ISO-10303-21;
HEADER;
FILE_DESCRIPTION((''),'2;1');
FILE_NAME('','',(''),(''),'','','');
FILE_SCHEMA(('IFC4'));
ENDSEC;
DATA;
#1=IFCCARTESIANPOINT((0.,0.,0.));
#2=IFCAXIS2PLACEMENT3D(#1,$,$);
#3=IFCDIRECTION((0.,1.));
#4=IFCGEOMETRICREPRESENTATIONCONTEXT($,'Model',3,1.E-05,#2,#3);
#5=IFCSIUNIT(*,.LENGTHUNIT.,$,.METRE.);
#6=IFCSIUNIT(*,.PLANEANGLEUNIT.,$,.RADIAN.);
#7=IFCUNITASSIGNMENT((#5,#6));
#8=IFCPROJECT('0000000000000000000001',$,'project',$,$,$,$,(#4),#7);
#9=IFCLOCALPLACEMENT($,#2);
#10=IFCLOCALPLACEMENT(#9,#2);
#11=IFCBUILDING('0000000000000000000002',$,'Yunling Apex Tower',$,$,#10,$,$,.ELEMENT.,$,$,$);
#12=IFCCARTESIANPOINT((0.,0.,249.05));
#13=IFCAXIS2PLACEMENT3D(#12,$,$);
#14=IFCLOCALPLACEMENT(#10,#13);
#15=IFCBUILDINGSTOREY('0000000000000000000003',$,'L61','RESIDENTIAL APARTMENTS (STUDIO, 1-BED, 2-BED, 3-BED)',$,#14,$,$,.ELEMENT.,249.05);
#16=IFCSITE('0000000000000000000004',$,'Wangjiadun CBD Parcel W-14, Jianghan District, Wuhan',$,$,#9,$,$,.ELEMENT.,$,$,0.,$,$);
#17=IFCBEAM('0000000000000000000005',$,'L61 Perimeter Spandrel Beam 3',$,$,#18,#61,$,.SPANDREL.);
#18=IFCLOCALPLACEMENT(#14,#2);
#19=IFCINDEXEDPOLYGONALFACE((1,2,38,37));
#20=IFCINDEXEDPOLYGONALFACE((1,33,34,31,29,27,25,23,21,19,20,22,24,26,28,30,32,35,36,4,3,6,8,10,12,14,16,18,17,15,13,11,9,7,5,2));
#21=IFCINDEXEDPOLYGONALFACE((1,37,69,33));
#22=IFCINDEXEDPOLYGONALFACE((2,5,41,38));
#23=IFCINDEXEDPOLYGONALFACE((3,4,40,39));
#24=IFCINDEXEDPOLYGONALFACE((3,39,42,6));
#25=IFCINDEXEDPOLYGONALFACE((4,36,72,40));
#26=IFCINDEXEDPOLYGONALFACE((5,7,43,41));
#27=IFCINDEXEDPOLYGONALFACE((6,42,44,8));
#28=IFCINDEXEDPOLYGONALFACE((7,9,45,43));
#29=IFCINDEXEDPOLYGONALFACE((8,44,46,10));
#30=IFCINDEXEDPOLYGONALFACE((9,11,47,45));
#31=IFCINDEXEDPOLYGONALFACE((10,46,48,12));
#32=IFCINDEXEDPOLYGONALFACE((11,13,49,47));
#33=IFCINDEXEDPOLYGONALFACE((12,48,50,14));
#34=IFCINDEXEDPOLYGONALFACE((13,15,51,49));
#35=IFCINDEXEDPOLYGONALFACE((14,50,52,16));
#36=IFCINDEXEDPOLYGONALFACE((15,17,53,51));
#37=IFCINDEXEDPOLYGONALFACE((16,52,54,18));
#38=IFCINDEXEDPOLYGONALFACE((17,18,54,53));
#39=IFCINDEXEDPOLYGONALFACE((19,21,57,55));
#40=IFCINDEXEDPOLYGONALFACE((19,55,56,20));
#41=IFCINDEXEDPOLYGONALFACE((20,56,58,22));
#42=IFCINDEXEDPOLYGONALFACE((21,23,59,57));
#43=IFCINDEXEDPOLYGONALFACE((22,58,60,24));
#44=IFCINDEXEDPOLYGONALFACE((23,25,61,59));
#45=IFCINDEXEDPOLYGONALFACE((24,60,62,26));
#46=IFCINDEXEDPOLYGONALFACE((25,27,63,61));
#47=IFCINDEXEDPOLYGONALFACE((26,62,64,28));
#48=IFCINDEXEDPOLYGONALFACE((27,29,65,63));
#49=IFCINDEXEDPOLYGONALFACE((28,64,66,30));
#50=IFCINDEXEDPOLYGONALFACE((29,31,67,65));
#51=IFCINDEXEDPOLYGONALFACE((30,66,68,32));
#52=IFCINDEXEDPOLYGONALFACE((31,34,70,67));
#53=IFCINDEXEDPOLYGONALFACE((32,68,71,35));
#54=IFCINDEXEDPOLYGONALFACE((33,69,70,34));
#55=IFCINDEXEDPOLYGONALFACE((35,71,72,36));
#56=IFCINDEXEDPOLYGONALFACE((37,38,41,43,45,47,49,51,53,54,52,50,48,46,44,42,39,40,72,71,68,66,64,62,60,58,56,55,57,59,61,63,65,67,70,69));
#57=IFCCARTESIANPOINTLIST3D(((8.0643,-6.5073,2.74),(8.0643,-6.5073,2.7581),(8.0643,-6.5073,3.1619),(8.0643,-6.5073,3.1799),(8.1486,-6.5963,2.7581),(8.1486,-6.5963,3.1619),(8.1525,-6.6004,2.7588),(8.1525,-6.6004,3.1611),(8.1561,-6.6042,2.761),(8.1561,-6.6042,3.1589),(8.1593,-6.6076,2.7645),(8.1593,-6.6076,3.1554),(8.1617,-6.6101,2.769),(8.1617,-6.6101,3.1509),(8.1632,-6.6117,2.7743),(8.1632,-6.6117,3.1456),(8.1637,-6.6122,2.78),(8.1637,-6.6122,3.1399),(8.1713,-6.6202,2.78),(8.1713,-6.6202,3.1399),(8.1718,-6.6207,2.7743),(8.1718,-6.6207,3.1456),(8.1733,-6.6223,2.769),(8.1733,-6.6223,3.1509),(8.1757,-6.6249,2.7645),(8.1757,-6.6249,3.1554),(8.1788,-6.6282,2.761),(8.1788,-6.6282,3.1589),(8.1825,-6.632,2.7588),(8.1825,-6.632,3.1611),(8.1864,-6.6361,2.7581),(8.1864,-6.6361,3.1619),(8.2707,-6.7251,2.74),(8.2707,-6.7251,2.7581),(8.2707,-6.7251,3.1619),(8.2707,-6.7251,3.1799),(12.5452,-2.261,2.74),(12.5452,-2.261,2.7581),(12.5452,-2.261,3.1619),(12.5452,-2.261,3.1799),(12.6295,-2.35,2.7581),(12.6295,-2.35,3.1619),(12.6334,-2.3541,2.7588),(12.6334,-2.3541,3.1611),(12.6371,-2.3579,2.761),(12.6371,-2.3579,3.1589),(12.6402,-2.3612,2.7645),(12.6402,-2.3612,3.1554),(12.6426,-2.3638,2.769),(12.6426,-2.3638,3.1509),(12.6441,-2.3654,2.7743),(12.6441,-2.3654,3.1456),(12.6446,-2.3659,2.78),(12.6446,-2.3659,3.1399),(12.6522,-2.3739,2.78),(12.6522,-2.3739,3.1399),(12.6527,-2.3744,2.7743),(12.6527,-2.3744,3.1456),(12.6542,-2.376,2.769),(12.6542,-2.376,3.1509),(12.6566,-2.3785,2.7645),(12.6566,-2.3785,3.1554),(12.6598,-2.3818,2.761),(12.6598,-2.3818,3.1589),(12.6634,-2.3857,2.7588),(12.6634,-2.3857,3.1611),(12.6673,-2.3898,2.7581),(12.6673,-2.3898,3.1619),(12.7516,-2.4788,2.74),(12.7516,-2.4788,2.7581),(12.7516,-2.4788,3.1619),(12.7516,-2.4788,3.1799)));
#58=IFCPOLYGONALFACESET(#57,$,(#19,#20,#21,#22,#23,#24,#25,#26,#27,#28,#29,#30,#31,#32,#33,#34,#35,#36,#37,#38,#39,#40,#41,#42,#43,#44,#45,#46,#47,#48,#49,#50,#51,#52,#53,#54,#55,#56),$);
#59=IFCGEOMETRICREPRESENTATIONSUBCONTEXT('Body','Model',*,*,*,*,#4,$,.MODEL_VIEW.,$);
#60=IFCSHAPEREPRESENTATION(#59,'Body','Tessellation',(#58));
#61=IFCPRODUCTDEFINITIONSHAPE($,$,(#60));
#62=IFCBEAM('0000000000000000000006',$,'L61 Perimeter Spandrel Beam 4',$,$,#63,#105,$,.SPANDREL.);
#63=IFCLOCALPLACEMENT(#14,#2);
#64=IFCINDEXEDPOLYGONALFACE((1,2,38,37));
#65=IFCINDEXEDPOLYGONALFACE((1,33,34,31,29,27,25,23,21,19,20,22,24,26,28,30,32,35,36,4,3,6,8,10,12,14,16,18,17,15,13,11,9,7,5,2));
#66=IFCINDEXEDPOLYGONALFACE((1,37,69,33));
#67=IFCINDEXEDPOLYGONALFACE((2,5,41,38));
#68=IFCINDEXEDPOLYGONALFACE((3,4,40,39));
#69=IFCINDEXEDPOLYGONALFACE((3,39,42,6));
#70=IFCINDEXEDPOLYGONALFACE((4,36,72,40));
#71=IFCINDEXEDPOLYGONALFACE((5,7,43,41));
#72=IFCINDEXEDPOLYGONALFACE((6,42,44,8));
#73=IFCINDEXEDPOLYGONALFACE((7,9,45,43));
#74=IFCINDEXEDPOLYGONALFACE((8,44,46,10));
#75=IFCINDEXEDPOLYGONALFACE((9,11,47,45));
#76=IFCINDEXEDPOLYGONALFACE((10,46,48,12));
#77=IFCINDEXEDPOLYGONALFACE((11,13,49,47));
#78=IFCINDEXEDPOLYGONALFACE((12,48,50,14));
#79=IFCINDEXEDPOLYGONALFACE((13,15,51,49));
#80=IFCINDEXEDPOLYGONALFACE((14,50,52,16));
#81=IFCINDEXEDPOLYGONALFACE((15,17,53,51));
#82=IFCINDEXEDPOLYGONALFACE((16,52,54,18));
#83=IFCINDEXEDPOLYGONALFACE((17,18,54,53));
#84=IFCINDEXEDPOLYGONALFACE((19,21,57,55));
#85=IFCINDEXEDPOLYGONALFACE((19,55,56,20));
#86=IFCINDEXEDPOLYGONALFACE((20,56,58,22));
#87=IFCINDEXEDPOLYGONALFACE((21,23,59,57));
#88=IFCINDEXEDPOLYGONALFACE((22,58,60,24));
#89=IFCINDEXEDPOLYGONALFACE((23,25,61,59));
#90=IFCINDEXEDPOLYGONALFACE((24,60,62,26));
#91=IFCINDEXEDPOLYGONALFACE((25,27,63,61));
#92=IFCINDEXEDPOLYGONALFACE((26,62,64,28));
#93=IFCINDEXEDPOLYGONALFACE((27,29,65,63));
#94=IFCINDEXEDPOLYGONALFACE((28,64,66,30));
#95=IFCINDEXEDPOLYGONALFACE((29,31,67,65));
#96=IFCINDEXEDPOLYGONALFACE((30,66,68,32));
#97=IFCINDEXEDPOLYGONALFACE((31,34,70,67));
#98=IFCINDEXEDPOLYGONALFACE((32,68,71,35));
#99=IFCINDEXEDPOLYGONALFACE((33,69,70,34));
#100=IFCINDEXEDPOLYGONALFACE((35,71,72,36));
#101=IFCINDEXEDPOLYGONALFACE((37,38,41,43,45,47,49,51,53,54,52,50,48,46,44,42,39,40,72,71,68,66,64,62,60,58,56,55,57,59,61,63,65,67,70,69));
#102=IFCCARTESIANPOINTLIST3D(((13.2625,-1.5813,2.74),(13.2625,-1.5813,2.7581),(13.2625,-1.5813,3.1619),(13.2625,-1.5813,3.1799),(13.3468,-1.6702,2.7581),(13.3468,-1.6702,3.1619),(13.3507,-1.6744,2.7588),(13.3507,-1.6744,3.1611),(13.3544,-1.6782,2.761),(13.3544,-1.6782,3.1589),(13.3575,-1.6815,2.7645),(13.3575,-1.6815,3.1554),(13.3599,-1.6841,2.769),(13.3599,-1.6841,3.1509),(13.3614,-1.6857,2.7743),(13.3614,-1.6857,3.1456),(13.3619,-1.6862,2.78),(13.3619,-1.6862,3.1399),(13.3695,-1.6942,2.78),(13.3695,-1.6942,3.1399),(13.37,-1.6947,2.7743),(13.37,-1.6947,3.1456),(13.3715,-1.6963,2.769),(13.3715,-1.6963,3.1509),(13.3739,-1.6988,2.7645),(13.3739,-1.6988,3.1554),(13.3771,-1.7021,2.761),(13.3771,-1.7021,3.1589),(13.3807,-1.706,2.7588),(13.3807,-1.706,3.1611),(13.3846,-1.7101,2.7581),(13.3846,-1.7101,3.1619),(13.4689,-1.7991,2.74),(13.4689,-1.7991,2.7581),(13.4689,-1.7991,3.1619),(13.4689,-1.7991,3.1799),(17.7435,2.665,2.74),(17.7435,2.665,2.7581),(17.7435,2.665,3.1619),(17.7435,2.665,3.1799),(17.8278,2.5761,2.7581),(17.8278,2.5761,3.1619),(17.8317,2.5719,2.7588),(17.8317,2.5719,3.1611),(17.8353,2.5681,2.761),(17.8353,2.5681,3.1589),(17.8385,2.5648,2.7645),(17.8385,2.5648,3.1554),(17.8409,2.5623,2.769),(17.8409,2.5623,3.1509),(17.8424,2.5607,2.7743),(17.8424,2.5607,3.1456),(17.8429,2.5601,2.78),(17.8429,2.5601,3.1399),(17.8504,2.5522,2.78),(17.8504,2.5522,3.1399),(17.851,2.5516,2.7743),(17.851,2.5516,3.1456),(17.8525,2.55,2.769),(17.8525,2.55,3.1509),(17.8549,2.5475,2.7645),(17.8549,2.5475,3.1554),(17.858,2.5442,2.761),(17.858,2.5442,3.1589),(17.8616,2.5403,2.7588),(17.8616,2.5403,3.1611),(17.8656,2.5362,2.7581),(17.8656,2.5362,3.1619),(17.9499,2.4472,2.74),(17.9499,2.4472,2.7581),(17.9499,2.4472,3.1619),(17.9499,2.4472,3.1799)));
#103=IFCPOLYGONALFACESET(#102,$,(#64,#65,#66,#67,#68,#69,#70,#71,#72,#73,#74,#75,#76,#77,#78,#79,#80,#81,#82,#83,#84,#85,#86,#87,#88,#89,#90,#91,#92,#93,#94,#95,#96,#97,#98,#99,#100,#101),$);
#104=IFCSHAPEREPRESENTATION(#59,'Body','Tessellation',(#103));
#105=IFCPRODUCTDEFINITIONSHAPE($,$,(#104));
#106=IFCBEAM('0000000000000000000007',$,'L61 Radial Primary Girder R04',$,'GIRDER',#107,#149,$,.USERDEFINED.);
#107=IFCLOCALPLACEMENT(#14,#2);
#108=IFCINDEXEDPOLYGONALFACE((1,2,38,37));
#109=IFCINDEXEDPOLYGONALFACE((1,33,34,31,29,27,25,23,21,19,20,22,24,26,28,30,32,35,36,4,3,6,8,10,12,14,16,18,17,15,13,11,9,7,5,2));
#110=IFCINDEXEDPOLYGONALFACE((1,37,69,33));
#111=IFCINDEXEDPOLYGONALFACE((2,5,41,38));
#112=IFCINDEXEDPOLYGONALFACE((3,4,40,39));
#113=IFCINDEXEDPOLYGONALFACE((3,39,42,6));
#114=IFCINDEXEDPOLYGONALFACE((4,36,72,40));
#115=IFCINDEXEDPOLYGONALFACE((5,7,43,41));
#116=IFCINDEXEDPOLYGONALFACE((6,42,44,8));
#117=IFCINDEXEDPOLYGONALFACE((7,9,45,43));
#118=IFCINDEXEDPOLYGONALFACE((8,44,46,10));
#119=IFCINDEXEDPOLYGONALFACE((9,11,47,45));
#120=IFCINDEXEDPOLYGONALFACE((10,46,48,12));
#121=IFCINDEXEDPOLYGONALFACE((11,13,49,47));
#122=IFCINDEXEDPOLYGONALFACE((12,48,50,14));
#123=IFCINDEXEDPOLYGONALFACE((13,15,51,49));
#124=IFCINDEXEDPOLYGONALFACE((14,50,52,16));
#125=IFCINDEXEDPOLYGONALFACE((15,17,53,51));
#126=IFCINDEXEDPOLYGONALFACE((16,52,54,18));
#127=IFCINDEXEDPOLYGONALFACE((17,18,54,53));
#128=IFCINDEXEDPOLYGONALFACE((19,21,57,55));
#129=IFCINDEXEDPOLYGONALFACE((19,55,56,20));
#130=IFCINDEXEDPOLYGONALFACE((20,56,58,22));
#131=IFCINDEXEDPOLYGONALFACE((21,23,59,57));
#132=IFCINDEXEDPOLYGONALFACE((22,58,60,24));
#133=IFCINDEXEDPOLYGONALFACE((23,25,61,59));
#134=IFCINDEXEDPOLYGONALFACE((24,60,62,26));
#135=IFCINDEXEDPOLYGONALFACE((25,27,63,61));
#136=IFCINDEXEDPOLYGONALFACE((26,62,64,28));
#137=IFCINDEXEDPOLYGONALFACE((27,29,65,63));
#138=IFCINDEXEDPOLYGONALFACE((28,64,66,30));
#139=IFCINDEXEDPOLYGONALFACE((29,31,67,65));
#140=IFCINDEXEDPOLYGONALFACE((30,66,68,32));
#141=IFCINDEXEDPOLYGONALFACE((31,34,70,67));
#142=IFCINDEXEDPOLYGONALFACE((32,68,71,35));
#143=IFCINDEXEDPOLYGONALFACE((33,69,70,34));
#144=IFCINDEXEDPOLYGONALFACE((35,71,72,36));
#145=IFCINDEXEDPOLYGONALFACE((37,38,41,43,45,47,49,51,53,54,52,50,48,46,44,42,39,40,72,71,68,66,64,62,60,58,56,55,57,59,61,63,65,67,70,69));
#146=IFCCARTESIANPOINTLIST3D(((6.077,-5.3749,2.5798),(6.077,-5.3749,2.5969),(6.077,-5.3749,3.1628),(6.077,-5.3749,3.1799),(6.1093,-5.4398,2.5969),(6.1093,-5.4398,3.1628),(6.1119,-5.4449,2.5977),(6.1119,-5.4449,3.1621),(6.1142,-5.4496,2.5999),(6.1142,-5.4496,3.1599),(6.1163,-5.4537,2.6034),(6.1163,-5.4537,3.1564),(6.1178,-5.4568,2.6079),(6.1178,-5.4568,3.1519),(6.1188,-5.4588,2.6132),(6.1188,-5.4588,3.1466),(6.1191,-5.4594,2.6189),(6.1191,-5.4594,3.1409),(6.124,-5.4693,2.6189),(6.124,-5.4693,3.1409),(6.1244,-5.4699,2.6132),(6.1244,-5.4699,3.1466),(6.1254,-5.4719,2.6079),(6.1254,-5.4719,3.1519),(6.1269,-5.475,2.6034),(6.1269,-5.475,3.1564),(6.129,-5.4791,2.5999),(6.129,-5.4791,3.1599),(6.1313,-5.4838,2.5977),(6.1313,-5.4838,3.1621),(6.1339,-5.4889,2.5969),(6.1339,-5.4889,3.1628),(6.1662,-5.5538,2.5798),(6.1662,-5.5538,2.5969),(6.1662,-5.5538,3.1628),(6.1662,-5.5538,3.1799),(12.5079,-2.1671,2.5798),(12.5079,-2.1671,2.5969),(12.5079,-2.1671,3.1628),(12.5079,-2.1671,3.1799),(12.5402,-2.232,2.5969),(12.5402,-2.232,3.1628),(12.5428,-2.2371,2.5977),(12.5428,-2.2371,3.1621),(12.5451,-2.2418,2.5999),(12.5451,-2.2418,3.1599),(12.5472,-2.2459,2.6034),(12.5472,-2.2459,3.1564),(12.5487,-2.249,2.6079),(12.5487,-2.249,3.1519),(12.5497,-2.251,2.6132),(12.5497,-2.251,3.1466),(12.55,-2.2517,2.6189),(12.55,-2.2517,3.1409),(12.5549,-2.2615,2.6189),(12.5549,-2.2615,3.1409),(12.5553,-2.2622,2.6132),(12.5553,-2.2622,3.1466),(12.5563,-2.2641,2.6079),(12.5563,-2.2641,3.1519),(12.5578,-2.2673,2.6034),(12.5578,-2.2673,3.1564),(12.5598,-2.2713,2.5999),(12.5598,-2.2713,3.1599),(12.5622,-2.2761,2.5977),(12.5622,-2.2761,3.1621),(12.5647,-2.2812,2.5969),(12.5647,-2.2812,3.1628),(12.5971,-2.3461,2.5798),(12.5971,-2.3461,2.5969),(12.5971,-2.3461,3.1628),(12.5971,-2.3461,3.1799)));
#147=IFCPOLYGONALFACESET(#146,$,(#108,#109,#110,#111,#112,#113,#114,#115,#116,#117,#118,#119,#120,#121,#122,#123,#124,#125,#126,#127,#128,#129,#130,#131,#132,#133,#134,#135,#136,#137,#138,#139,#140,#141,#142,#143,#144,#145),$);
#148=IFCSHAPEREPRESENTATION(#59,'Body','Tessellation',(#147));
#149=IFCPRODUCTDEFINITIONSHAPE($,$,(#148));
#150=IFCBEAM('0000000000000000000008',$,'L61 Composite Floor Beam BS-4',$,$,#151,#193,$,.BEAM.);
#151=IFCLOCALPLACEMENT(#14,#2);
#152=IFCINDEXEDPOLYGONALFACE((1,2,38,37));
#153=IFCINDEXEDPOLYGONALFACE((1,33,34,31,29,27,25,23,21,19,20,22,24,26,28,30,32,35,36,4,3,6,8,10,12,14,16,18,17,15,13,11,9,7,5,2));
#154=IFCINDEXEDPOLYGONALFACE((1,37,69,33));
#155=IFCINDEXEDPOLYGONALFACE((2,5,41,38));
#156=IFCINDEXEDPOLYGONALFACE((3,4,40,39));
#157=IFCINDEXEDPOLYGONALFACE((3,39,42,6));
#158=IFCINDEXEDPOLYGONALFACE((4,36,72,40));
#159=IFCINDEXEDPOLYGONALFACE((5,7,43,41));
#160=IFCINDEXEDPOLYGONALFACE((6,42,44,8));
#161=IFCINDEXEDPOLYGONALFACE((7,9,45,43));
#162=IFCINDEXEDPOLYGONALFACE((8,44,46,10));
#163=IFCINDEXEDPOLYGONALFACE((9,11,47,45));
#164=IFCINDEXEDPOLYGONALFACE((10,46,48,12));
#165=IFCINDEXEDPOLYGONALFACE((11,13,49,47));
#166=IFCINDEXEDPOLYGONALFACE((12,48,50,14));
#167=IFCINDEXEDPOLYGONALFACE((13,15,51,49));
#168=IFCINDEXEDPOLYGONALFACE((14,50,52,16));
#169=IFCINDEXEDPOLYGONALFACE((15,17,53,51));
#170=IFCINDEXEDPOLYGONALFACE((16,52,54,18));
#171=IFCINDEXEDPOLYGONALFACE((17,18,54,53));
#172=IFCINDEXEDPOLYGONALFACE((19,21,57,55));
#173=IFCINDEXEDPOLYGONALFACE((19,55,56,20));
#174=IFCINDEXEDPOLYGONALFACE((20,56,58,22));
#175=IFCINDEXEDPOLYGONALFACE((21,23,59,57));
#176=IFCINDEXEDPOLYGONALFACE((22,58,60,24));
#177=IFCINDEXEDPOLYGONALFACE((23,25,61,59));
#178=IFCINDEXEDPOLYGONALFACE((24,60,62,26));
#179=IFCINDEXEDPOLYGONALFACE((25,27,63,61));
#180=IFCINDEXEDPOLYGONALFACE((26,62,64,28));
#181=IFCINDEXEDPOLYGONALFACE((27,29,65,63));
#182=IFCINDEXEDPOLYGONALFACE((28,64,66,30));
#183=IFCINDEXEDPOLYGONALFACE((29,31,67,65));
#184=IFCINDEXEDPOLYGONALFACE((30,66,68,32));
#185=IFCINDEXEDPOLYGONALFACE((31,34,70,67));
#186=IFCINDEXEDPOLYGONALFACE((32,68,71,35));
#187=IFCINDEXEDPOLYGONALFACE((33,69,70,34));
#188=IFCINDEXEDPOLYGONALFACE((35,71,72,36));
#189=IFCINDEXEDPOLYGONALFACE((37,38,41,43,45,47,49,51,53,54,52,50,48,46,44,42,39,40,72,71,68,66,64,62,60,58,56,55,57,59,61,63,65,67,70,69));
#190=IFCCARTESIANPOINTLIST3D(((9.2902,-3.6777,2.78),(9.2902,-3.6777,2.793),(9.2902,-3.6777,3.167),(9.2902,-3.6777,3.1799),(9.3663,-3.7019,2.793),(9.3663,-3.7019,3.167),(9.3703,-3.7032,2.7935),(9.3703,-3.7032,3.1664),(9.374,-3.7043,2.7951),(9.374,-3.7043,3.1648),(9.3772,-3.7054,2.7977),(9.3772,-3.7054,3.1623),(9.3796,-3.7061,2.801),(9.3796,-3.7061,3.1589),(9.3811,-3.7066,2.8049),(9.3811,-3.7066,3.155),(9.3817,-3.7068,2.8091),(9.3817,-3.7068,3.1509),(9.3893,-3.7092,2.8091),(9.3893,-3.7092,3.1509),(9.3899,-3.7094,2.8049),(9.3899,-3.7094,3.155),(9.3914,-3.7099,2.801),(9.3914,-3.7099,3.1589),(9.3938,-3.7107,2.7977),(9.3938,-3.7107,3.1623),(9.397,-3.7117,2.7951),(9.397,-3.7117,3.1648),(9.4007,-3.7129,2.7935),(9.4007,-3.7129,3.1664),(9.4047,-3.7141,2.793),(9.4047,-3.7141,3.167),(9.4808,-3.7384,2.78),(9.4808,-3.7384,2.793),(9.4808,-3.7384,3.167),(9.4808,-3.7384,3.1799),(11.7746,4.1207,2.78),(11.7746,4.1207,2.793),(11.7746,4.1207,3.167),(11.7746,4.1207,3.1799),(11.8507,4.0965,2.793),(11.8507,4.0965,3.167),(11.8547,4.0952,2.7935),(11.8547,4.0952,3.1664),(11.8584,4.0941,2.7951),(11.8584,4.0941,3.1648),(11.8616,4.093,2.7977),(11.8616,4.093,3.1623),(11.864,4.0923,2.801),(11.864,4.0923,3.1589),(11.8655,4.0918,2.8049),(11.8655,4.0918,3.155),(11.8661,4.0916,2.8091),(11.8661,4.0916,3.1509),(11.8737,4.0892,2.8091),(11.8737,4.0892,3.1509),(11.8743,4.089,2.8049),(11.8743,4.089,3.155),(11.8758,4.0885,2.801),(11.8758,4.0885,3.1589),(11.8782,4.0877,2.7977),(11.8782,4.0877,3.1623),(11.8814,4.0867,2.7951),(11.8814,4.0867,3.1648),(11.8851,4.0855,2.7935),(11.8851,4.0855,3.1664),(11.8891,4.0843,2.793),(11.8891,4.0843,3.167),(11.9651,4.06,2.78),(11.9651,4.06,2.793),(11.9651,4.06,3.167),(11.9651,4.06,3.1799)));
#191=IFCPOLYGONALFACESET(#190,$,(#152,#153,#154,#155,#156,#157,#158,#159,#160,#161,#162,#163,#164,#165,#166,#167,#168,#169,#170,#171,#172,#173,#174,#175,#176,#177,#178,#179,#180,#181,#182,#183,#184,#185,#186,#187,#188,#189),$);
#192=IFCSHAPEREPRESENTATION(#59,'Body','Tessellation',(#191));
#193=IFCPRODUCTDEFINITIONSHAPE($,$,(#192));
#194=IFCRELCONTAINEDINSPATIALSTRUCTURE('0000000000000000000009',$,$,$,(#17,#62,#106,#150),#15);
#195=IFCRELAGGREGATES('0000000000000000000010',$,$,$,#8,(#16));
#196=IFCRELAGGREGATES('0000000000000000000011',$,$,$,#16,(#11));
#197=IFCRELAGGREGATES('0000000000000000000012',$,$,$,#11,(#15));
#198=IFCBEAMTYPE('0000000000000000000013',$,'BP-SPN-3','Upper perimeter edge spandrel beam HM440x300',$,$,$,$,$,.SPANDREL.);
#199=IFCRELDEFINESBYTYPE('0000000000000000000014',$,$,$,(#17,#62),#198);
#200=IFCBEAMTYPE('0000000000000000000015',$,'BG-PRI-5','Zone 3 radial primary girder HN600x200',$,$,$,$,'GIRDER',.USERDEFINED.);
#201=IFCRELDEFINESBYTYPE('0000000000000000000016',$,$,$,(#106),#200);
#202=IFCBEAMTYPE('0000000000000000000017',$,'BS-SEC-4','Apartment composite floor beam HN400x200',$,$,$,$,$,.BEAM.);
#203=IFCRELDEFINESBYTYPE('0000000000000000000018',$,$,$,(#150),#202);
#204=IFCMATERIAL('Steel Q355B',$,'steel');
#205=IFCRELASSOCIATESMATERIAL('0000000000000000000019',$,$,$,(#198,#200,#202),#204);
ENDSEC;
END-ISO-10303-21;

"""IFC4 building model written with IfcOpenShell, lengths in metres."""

from ifc_helpers import new_model, si_unit, direction, frame, origin, origin_2d, place, context, subcontext, project, spatial, i_section, extrude, source, transform, mapped, material, material_profile, profile_set, type_object, element, save


model = new_model("IFC4")

# Units and contexts
model_context = context("Model", 3, precision=1e-05, world=origin(), true_north=direction((0.0, 1.0)))
body_context = subcontext(model_context, "Body", "Model", "MODEL_VIEW")
ifc_project = project(units=[si_unit("LENGTHUNIT", "METRE"), si_unit("PLANEANGLEUNIT", "RADIAN")], contexts=[model_context])

# Site, building, storey
site_placement = place(None, origin())
site = spatial("IfcSite", under=ifc_project, at=site_placement, Name="Wangjiadun CBD Parcel W-14, Jianghan District, Wuhan", CompositionType="ELEMENT", RefElevation=0.0)
building_placement = place(site_placement, origin())
building = spatial("IfcBuilding", under=site, at=building_placement, Name="Yunling Apex Tower", CompositionType="ELEMENT")
storey_placement = place(building_placement, frame((0.0, 0.0, 249.05)))
storey = spatial("IfcBuildingStorey", under=building, at=storey_placement, Name="L61", Description="RESIDENTIAL APARTMENTS (STUDIO, 1-BED, 2-BED, 3-BED)", CompositionType="ELEMENT", Elevation=249.05)

# Beams
ifc_material_1 = material(Name="Steel Q355B", Category="steel")
ifc_material_profile_1 = material_profile(ifc_material_1, i_section(OverallWidth=0.3, OverallDepth=0.4399, WebThickness=0.011, FlangeThickness=0.0181, FilletRadius=0.022, at=origin_2d()))
ifc_profile_set_1 = profile_set([ifc_material_profile_1], Name="Steel Q355B")
beam_type_1 = type_object("IfcBeamType", Name="BP-SPN-3", Description="Upper perimeter edge spandrel beam HM440x300", PredefinedType="SPANDREL", material=ifc_profile_set_1)
shared_shape_1 = source(origin(), body_context, "Body", "SweptSolid", [
    extrude(i_section(OverallWidth=0.3, OverallDepth=0.4399, WebThickness=0.011, FlangeThickness=0.0181, FilletRadius=0.022, at=origin_2d()), origin(), (0.0, 0.0, 1.0), 6.1733),
])
for number, where, z_axis, x_axis, name in (
    (1, (8.1675, -6.6162, 2.96), (0.725854, 0.687849, 0.0), (-0.687849, 0.725854, 0.0), "L61 Perimeter Spandrel Beam 3"),
    (2, (13.3657, -1.6902, 2.96), (0.725854, 0.687849, 0.0), (-0.687849, 0.725854, 0.0), "L61 Perimeter Spandrel Beam 4"),
):
    element("IfcBeam", number, at=place(storey_placement, frame(where, z_axis=z_axis, x_axis=x_axis)), inside=storey, type_object=beam_type_1, Name=name, PredefinedType="SPANDREL", context=body_context, shape_type="MappedRepresentation", body=[
        mapped(shared_shape_1, transform((0.0, 0.0, 0.0), scale=1.0)),
    ])
ifc_material_profile_2 = material_profile(ifc_material_1, i_section(OverallWidth=0.2, OverallDepth=0.6001, WebThickness=0.011, FlangeThickness=0.0171, FilletRadius=0.022, at=origin_2d()))
ifc_profile_set_2 = profile_set([ifc_material_profile_2], Name="Steel Q355B")
beam_type_2 = type_object("IfcBeamType", Name="BG-PRI-5", Description="Zone 3 radial primary girder HN600x200", ElementType="GIRDER", PredefinedType="USERDEFINED", material=ifc_profile_set_2)
shared_shape_2 = source(origin(), body_context, "Body", "SweptSolid", [
    extrude(i_section(OverallWidth=0.2, OverallDepth=0.6001, WebThickness=0.011, FlangeThickness=0.0171, FilletRadius=0.022, at=origin_2d()), origin(), (0.0, 0.0, 1.0), 7.1865),
])
beam_1_placement = place(storey_placement, frame((12.5525, -2.2566, 2.8799), z_axis=(-0.894855, -0.446357, 0.0), x_axis=(0.446357, -0.894855, 0.0)))
element("IfcBeam", 3, at=beam_1_placement, inside=storey, type_object=beam_type_2, Name="L61 Radial Primary Girder R04", ObjectType="GIRDER", PredefinedType="USERDEFINED", context=body_context, shape_type="MappedRepresentation", body=[
    mapped(shared_shape_2, transform((0.0, 0.0, 0.0), scale=1.0)),
])
ifc_material_profile_3 = material_profile(ifc_material_1, i_section(OverallWidth=0.2, OverallDepth=0.3999, WebThickness=0.0081, FlangeThickness=0.0129, FilletRadius=0.0161, at=origin_2d()))
ifc_profile_set_3 = profile_set([ifc_material_profile_3], Name="Steel Q355B")
beam_type_3 = type_object("IfcBeamType", Name="BS-SEC-4", Description="Apartment composite floor beam HN400x200", PredefinedType="BEAM", material=ifc_profile_set_3)
shared_shape_3 = source(origin(), body_context, "Body", "SweptSolid", [
    extrude(i_section(OverallWidth=0.2, OverallDepth=0.3999, WebThickness=0.0081, FlangeThickness=0.0129, FilletRadius=0.0161, at=origin_2d()), origin(), (0.0, 0.0, 1.0), 8.1846),
])
beam_2_placement = place(storey_placement, frame((9.3855, -3.708, 2.98), z_axis=(0.303546, 0.952817, 0.0), x_axis=(-0.952817, 0.303546, 0.0)))
element("IfcBeam", 4, at=beam_2_placement, inside=storey, type_object=beam_type_3, Name="L61 Composite Floor Beam BS-4", PredefinedType="BEAM", context=body_context, shape_type="MappedRepresentation", body=[
    mapped(shared_shape_3, transform((0.0, 0.0, 0.0), scale=1.0)),
])

save(model, "model.ifc")
